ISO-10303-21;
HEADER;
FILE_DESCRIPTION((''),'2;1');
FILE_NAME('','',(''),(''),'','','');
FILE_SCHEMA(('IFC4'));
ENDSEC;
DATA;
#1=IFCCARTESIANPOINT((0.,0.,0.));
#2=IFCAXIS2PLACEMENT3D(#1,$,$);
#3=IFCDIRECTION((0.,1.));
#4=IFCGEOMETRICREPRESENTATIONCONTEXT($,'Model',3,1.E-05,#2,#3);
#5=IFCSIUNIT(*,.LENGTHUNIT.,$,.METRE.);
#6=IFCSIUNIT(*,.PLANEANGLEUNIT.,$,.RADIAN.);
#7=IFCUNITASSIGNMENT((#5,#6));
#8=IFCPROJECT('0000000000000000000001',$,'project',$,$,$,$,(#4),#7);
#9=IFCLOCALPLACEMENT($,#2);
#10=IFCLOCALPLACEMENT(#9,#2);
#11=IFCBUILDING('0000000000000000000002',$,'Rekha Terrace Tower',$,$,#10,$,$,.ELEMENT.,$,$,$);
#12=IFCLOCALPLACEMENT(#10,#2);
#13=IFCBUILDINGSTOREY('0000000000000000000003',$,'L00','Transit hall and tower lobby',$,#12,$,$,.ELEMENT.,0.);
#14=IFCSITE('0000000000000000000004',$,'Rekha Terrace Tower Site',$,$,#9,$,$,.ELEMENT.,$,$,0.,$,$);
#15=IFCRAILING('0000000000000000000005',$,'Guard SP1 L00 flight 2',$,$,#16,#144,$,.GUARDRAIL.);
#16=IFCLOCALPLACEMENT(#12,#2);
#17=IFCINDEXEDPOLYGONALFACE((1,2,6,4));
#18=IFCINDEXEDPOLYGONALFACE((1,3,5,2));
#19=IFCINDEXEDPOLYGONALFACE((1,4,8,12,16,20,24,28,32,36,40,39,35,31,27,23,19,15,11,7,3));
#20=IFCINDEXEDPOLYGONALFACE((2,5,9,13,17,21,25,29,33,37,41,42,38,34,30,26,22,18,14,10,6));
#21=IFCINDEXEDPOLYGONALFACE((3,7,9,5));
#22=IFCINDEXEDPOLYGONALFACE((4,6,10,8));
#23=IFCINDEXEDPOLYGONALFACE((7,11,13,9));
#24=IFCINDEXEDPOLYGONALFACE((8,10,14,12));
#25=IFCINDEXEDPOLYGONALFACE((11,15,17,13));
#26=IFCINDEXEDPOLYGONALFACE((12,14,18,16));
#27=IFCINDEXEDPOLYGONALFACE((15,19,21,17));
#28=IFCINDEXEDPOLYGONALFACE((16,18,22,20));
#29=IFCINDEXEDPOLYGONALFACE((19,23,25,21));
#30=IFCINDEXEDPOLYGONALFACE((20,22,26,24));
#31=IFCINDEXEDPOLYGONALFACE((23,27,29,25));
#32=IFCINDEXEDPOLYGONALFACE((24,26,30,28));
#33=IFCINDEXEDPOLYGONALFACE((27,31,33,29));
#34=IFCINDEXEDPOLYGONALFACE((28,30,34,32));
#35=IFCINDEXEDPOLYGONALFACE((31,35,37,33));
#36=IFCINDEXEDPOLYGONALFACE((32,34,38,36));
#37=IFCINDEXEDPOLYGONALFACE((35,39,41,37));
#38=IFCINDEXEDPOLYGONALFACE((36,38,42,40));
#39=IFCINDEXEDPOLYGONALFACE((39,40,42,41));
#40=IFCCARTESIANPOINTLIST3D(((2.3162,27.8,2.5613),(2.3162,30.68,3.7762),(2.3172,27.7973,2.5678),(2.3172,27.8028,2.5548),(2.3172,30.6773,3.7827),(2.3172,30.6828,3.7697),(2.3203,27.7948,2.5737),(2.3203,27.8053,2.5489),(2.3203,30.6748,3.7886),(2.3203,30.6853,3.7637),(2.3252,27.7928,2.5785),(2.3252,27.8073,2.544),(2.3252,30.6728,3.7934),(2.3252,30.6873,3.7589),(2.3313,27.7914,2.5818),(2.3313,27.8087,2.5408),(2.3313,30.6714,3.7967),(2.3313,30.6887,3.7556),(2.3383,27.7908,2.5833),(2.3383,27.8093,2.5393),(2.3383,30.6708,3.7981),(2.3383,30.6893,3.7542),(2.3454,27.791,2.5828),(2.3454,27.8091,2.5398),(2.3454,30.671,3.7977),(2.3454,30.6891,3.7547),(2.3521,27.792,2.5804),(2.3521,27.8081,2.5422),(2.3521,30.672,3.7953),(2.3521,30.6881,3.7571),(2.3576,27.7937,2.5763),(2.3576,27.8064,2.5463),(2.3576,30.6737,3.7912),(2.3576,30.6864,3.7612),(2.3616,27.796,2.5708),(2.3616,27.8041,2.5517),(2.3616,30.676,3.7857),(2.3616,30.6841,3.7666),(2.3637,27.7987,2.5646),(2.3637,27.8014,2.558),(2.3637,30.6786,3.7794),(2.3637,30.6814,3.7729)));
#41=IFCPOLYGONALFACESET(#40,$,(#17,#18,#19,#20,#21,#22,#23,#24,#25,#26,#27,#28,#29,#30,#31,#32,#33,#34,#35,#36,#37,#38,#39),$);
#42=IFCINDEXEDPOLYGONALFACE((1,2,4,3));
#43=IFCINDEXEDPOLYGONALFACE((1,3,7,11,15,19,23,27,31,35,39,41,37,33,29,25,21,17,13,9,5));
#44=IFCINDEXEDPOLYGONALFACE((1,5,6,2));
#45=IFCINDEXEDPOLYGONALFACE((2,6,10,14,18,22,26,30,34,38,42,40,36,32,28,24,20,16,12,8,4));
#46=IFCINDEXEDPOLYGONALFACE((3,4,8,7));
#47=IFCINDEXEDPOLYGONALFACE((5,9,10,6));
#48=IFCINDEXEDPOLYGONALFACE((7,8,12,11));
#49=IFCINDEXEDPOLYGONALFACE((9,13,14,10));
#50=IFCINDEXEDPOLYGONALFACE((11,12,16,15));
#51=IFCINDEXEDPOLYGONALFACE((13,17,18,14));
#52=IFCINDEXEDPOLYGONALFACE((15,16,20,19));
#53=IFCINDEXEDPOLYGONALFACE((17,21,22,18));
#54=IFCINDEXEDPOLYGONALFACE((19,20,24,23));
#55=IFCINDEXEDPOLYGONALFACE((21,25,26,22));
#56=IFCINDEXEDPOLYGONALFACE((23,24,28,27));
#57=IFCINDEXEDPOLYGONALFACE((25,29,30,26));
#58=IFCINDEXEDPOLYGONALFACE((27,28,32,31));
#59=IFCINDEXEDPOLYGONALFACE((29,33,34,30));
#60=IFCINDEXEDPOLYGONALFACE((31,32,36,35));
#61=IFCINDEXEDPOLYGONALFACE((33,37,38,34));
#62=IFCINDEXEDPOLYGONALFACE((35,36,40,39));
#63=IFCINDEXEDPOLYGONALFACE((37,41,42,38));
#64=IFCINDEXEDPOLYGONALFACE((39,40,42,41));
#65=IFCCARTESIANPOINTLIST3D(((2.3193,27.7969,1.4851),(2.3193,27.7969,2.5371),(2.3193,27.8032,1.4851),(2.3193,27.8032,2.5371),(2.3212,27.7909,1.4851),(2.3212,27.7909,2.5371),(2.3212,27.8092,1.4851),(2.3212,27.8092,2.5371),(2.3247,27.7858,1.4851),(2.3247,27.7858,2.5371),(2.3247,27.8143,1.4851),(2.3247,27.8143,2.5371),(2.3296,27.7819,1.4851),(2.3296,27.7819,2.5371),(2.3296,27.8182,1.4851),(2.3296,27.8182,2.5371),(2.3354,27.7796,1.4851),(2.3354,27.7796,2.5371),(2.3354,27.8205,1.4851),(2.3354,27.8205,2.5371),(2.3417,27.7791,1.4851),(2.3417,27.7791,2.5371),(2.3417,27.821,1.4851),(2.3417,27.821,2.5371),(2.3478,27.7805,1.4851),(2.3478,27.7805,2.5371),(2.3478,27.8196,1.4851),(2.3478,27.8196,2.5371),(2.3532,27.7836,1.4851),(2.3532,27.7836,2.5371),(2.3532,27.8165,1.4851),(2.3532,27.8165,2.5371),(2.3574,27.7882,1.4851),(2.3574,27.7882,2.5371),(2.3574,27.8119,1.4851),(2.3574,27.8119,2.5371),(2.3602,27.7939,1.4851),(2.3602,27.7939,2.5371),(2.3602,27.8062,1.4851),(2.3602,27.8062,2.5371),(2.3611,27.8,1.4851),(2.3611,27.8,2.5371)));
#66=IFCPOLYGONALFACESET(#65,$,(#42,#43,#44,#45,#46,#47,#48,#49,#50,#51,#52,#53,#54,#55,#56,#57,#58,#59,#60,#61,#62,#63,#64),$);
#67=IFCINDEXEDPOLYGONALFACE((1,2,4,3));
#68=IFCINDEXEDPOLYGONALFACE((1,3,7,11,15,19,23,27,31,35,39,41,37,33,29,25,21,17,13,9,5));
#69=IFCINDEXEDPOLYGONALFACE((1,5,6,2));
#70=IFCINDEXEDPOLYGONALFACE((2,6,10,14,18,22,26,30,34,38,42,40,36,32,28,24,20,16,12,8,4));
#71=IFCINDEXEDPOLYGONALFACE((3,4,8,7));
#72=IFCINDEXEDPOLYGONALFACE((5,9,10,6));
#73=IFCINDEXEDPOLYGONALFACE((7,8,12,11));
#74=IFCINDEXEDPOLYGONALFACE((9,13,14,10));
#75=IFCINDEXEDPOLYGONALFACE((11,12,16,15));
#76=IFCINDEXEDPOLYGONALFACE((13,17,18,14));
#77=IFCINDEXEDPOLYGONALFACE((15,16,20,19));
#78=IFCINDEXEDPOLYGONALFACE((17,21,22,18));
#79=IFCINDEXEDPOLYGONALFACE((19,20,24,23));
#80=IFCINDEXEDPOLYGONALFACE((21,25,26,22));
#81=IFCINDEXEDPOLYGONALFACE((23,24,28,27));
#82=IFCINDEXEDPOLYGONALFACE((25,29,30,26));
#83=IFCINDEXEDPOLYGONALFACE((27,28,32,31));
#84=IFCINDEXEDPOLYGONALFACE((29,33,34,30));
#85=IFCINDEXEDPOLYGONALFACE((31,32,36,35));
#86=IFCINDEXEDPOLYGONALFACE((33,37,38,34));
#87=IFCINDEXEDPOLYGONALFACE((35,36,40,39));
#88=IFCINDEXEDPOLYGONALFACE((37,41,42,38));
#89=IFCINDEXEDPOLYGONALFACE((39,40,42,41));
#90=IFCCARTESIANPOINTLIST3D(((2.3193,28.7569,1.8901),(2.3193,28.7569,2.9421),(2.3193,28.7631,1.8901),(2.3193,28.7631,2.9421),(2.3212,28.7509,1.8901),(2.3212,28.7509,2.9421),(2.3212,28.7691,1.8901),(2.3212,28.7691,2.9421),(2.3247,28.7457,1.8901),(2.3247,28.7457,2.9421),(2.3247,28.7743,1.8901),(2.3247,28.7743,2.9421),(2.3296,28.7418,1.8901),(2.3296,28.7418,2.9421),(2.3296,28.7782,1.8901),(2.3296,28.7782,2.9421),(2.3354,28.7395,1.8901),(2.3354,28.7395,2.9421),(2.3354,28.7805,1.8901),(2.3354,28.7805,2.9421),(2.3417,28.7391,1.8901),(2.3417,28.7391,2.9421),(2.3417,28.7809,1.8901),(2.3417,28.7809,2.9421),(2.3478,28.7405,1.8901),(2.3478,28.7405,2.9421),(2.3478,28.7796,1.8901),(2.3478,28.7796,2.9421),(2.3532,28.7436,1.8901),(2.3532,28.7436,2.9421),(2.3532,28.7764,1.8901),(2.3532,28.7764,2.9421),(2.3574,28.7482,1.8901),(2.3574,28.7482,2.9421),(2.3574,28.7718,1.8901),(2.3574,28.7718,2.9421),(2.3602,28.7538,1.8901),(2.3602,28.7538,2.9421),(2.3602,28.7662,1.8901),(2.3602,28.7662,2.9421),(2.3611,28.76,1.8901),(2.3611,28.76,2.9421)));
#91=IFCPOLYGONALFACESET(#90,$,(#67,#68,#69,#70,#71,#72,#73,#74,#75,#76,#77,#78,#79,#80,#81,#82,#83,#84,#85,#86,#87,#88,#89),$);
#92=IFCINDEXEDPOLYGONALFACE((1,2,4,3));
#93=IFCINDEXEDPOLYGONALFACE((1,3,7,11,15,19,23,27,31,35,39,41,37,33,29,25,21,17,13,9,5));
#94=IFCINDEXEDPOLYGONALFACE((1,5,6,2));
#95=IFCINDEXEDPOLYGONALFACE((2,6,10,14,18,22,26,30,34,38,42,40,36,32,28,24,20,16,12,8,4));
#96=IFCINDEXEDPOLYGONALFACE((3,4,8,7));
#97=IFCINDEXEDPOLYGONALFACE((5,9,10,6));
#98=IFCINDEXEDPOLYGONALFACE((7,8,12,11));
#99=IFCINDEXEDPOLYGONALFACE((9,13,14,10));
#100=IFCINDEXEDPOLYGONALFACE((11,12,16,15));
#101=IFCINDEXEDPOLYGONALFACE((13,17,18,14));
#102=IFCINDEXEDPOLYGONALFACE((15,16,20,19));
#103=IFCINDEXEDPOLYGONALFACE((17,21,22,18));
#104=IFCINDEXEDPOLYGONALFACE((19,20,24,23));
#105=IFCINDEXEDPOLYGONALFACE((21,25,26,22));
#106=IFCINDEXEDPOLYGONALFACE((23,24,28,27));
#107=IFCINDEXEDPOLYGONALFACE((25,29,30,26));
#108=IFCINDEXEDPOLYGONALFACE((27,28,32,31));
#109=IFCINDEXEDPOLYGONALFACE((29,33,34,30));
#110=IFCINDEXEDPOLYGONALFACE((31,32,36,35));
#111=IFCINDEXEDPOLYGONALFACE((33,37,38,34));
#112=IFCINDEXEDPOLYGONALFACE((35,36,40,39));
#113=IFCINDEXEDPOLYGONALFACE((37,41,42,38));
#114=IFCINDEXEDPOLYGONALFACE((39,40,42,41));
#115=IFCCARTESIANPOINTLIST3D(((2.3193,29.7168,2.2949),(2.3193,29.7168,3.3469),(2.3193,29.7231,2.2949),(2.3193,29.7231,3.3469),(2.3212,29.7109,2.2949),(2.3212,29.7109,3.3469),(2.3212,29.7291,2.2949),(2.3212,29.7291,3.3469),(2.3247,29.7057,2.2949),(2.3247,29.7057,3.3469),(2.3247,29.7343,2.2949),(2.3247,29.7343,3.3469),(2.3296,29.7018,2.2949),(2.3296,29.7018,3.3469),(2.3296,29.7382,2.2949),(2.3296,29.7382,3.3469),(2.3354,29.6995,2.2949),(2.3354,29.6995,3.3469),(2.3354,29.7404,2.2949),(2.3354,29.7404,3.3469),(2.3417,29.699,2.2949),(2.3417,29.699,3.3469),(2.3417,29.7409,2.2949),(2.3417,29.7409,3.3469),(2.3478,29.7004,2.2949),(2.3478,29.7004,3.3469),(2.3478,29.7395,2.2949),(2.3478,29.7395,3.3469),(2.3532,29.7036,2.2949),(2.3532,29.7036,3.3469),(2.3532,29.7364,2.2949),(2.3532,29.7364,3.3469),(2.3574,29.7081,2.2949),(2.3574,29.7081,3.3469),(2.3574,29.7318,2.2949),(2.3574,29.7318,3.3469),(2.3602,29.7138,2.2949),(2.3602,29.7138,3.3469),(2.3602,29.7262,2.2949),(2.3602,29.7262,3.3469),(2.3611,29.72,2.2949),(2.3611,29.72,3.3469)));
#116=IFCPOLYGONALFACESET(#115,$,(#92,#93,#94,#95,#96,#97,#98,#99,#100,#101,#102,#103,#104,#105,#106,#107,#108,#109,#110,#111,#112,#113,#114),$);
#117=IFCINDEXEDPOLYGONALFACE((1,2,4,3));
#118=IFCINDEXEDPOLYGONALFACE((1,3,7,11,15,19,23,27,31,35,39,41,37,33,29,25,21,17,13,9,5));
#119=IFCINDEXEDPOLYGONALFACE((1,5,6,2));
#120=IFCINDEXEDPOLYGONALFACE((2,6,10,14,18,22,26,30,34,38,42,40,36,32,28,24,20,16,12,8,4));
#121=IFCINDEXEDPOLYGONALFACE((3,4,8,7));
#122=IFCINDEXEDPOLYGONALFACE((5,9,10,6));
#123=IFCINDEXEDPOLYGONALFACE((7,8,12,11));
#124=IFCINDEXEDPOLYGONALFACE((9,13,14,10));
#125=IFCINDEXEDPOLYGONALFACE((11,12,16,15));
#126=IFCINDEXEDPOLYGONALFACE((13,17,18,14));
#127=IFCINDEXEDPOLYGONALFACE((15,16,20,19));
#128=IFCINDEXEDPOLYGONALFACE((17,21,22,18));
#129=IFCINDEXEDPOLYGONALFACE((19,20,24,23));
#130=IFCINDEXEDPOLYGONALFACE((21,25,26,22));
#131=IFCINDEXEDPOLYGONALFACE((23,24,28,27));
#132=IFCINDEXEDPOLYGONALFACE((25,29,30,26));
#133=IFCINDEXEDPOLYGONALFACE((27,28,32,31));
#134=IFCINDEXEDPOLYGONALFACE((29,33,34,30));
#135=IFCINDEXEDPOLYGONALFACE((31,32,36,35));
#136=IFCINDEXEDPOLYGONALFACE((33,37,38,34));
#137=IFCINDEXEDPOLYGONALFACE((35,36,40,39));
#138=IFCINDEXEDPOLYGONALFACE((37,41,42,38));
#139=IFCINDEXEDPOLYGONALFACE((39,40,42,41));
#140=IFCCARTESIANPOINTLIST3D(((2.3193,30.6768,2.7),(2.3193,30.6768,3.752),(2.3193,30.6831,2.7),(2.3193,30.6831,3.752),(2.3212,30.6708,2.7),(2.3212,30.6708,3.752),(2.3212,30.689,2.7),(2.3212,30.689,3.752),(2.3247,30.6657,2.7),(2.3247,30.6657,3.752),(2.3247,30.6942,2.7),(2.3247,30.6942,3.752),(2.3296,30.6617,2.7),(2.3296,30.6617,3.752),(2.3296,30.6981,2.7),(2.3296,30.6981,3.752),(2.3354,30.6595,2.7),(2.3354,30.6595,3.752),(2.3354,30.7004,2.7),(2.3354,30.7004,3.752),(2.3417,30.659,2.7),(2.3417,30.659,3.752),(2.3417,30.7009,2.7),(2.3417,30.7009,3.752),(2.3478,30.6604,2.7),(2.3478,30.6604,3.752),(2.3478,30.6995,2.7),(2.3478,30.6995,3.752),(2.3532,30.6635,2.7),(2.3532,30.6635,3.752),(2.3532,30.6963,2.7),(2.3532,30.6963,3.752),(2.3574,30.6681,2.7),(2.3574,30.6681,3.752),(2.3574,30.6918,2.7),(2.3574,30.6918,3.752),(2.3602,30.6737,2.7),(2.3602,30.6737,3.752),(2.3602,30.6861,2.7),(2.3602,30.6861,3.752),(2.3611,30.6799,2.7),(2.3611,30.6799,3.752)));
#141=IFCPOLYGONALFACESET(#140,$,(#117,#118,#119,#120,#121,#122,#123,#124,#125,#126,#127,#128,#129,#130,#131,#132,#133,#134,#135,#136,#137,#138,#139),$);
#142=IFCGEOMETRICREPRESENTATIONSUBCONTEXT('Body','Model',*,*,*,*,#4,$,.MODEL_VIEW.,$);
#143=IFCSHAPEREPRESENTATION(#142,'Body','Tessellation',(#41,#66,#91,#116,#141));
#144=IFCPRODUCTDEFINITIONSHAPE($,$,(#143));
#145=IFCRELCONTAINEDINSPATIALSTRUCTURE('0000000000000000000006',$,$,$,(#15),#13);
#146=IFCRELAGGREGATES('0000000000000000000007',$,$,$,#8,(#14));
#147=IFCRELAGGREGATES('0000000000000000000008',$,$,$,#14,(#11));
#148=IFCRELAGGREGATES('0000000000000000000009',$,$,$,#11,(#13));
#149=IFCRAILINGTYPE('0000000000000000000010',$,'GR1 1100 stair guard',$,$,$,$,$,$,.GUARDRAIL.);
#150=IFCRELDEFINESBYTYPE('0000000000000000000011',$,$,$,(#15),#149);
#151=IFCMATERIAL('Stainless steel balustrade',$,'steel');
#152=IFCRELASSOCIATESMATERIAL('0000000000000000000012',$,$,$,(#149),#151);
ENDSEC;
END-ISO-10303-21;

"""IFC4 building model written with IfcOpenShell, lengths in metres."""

from ifc_helpers import new_model, si_unit, direction, frame, origin, origin_2d, place, context, subcontext, project, spatial, circle, extrude, material, type_object, element, save


model = new_model("IFC4")

# Units and contexts
model_context = context("Model", 3, precision=1e-05, world=origin(), true_north=direction((0.0, 1.0)))
body_context = subcontext(model_context, "Body", "Model", "MODEL_VIEW")
ifc_project = project(units=[si_unit("LENGTHUNIT", "METRE"), si_unit("PLANEANGLEUNIT", "RADIAN")], contexts=[model_context])

# Site, building, storey
site_placement = place(None, origin())
site = spatial("IfcSite", under=ifc_project, at=site_placement, Name="Rekha Terrace Tower Site", CompositionType="ELEMENT", RefElevation=0.0)
building_placement = place(site_placement, origin())
building = spatial("IfcBuilding", under=site, at=building_placement, Name="Rekha Terrace Tower", CompositionType="ELEMENT")
storey_placement = place(building_placement, origin())
storey = spatial("IfcBuildingStorey", under=building, at=storey_placement, Name="L00", Description="Transit hall and tower lobby", CompositionType="ELEMENT", Elevation=0.0)

# Railing
ifc_material_1 = material(Name="Stainless steel balustrade", Category="steel")
railing_type_1 = type_object("IfcRailingType", Name="GR1 1100 stair guard", PredefinedType="GUARDRAIL", material=ifc_material_1)
railing_1_placement = place(storey_placement, frame((2.3401, 27.8, 1.4851)))
element("IfcRailing", 1, at=railing_1_placement, inside=storey, type_object=railing_type_1, Name="Guard SP1 L00 flight 2", PredefinedType="GUARDRAIL", context=body_context, shape_type="SweptSolid", body=[
    extrude(circle(Radius=0.0239, at=origin_2d()), frame((0.0, 0.0, 1.0762), z_axis=(0.0, 0.921376, 0.388671), x_axis=(-1.0, 0.0, 0.0)), (0.0, 0.0, 1.0), 3.1257),
    extrude(circle(Radius=0.021, at=origin_2d()), origin(), (0.0, 0.0, 1.0), 1.052),
    extrude(circle(Radius=0.021, at=origin_2d()), frame((0.0, 0.96, 0.405)), (0.0, 0.0, 1.0), 1.052),
    extrude(circle(Radius=0.021, at=origin_2d()), frame((0.0, 1.9199, 0.8098)), (0.0, 0.0, 1.0), 1.052),
    extrude(circle(Radius=0.021, at=origin_2d()), frame((0.0, 2.8799, 1.2148)), (0.0, 0.0, 1.0), 1.052),
])

save(model, "model.ifc")
